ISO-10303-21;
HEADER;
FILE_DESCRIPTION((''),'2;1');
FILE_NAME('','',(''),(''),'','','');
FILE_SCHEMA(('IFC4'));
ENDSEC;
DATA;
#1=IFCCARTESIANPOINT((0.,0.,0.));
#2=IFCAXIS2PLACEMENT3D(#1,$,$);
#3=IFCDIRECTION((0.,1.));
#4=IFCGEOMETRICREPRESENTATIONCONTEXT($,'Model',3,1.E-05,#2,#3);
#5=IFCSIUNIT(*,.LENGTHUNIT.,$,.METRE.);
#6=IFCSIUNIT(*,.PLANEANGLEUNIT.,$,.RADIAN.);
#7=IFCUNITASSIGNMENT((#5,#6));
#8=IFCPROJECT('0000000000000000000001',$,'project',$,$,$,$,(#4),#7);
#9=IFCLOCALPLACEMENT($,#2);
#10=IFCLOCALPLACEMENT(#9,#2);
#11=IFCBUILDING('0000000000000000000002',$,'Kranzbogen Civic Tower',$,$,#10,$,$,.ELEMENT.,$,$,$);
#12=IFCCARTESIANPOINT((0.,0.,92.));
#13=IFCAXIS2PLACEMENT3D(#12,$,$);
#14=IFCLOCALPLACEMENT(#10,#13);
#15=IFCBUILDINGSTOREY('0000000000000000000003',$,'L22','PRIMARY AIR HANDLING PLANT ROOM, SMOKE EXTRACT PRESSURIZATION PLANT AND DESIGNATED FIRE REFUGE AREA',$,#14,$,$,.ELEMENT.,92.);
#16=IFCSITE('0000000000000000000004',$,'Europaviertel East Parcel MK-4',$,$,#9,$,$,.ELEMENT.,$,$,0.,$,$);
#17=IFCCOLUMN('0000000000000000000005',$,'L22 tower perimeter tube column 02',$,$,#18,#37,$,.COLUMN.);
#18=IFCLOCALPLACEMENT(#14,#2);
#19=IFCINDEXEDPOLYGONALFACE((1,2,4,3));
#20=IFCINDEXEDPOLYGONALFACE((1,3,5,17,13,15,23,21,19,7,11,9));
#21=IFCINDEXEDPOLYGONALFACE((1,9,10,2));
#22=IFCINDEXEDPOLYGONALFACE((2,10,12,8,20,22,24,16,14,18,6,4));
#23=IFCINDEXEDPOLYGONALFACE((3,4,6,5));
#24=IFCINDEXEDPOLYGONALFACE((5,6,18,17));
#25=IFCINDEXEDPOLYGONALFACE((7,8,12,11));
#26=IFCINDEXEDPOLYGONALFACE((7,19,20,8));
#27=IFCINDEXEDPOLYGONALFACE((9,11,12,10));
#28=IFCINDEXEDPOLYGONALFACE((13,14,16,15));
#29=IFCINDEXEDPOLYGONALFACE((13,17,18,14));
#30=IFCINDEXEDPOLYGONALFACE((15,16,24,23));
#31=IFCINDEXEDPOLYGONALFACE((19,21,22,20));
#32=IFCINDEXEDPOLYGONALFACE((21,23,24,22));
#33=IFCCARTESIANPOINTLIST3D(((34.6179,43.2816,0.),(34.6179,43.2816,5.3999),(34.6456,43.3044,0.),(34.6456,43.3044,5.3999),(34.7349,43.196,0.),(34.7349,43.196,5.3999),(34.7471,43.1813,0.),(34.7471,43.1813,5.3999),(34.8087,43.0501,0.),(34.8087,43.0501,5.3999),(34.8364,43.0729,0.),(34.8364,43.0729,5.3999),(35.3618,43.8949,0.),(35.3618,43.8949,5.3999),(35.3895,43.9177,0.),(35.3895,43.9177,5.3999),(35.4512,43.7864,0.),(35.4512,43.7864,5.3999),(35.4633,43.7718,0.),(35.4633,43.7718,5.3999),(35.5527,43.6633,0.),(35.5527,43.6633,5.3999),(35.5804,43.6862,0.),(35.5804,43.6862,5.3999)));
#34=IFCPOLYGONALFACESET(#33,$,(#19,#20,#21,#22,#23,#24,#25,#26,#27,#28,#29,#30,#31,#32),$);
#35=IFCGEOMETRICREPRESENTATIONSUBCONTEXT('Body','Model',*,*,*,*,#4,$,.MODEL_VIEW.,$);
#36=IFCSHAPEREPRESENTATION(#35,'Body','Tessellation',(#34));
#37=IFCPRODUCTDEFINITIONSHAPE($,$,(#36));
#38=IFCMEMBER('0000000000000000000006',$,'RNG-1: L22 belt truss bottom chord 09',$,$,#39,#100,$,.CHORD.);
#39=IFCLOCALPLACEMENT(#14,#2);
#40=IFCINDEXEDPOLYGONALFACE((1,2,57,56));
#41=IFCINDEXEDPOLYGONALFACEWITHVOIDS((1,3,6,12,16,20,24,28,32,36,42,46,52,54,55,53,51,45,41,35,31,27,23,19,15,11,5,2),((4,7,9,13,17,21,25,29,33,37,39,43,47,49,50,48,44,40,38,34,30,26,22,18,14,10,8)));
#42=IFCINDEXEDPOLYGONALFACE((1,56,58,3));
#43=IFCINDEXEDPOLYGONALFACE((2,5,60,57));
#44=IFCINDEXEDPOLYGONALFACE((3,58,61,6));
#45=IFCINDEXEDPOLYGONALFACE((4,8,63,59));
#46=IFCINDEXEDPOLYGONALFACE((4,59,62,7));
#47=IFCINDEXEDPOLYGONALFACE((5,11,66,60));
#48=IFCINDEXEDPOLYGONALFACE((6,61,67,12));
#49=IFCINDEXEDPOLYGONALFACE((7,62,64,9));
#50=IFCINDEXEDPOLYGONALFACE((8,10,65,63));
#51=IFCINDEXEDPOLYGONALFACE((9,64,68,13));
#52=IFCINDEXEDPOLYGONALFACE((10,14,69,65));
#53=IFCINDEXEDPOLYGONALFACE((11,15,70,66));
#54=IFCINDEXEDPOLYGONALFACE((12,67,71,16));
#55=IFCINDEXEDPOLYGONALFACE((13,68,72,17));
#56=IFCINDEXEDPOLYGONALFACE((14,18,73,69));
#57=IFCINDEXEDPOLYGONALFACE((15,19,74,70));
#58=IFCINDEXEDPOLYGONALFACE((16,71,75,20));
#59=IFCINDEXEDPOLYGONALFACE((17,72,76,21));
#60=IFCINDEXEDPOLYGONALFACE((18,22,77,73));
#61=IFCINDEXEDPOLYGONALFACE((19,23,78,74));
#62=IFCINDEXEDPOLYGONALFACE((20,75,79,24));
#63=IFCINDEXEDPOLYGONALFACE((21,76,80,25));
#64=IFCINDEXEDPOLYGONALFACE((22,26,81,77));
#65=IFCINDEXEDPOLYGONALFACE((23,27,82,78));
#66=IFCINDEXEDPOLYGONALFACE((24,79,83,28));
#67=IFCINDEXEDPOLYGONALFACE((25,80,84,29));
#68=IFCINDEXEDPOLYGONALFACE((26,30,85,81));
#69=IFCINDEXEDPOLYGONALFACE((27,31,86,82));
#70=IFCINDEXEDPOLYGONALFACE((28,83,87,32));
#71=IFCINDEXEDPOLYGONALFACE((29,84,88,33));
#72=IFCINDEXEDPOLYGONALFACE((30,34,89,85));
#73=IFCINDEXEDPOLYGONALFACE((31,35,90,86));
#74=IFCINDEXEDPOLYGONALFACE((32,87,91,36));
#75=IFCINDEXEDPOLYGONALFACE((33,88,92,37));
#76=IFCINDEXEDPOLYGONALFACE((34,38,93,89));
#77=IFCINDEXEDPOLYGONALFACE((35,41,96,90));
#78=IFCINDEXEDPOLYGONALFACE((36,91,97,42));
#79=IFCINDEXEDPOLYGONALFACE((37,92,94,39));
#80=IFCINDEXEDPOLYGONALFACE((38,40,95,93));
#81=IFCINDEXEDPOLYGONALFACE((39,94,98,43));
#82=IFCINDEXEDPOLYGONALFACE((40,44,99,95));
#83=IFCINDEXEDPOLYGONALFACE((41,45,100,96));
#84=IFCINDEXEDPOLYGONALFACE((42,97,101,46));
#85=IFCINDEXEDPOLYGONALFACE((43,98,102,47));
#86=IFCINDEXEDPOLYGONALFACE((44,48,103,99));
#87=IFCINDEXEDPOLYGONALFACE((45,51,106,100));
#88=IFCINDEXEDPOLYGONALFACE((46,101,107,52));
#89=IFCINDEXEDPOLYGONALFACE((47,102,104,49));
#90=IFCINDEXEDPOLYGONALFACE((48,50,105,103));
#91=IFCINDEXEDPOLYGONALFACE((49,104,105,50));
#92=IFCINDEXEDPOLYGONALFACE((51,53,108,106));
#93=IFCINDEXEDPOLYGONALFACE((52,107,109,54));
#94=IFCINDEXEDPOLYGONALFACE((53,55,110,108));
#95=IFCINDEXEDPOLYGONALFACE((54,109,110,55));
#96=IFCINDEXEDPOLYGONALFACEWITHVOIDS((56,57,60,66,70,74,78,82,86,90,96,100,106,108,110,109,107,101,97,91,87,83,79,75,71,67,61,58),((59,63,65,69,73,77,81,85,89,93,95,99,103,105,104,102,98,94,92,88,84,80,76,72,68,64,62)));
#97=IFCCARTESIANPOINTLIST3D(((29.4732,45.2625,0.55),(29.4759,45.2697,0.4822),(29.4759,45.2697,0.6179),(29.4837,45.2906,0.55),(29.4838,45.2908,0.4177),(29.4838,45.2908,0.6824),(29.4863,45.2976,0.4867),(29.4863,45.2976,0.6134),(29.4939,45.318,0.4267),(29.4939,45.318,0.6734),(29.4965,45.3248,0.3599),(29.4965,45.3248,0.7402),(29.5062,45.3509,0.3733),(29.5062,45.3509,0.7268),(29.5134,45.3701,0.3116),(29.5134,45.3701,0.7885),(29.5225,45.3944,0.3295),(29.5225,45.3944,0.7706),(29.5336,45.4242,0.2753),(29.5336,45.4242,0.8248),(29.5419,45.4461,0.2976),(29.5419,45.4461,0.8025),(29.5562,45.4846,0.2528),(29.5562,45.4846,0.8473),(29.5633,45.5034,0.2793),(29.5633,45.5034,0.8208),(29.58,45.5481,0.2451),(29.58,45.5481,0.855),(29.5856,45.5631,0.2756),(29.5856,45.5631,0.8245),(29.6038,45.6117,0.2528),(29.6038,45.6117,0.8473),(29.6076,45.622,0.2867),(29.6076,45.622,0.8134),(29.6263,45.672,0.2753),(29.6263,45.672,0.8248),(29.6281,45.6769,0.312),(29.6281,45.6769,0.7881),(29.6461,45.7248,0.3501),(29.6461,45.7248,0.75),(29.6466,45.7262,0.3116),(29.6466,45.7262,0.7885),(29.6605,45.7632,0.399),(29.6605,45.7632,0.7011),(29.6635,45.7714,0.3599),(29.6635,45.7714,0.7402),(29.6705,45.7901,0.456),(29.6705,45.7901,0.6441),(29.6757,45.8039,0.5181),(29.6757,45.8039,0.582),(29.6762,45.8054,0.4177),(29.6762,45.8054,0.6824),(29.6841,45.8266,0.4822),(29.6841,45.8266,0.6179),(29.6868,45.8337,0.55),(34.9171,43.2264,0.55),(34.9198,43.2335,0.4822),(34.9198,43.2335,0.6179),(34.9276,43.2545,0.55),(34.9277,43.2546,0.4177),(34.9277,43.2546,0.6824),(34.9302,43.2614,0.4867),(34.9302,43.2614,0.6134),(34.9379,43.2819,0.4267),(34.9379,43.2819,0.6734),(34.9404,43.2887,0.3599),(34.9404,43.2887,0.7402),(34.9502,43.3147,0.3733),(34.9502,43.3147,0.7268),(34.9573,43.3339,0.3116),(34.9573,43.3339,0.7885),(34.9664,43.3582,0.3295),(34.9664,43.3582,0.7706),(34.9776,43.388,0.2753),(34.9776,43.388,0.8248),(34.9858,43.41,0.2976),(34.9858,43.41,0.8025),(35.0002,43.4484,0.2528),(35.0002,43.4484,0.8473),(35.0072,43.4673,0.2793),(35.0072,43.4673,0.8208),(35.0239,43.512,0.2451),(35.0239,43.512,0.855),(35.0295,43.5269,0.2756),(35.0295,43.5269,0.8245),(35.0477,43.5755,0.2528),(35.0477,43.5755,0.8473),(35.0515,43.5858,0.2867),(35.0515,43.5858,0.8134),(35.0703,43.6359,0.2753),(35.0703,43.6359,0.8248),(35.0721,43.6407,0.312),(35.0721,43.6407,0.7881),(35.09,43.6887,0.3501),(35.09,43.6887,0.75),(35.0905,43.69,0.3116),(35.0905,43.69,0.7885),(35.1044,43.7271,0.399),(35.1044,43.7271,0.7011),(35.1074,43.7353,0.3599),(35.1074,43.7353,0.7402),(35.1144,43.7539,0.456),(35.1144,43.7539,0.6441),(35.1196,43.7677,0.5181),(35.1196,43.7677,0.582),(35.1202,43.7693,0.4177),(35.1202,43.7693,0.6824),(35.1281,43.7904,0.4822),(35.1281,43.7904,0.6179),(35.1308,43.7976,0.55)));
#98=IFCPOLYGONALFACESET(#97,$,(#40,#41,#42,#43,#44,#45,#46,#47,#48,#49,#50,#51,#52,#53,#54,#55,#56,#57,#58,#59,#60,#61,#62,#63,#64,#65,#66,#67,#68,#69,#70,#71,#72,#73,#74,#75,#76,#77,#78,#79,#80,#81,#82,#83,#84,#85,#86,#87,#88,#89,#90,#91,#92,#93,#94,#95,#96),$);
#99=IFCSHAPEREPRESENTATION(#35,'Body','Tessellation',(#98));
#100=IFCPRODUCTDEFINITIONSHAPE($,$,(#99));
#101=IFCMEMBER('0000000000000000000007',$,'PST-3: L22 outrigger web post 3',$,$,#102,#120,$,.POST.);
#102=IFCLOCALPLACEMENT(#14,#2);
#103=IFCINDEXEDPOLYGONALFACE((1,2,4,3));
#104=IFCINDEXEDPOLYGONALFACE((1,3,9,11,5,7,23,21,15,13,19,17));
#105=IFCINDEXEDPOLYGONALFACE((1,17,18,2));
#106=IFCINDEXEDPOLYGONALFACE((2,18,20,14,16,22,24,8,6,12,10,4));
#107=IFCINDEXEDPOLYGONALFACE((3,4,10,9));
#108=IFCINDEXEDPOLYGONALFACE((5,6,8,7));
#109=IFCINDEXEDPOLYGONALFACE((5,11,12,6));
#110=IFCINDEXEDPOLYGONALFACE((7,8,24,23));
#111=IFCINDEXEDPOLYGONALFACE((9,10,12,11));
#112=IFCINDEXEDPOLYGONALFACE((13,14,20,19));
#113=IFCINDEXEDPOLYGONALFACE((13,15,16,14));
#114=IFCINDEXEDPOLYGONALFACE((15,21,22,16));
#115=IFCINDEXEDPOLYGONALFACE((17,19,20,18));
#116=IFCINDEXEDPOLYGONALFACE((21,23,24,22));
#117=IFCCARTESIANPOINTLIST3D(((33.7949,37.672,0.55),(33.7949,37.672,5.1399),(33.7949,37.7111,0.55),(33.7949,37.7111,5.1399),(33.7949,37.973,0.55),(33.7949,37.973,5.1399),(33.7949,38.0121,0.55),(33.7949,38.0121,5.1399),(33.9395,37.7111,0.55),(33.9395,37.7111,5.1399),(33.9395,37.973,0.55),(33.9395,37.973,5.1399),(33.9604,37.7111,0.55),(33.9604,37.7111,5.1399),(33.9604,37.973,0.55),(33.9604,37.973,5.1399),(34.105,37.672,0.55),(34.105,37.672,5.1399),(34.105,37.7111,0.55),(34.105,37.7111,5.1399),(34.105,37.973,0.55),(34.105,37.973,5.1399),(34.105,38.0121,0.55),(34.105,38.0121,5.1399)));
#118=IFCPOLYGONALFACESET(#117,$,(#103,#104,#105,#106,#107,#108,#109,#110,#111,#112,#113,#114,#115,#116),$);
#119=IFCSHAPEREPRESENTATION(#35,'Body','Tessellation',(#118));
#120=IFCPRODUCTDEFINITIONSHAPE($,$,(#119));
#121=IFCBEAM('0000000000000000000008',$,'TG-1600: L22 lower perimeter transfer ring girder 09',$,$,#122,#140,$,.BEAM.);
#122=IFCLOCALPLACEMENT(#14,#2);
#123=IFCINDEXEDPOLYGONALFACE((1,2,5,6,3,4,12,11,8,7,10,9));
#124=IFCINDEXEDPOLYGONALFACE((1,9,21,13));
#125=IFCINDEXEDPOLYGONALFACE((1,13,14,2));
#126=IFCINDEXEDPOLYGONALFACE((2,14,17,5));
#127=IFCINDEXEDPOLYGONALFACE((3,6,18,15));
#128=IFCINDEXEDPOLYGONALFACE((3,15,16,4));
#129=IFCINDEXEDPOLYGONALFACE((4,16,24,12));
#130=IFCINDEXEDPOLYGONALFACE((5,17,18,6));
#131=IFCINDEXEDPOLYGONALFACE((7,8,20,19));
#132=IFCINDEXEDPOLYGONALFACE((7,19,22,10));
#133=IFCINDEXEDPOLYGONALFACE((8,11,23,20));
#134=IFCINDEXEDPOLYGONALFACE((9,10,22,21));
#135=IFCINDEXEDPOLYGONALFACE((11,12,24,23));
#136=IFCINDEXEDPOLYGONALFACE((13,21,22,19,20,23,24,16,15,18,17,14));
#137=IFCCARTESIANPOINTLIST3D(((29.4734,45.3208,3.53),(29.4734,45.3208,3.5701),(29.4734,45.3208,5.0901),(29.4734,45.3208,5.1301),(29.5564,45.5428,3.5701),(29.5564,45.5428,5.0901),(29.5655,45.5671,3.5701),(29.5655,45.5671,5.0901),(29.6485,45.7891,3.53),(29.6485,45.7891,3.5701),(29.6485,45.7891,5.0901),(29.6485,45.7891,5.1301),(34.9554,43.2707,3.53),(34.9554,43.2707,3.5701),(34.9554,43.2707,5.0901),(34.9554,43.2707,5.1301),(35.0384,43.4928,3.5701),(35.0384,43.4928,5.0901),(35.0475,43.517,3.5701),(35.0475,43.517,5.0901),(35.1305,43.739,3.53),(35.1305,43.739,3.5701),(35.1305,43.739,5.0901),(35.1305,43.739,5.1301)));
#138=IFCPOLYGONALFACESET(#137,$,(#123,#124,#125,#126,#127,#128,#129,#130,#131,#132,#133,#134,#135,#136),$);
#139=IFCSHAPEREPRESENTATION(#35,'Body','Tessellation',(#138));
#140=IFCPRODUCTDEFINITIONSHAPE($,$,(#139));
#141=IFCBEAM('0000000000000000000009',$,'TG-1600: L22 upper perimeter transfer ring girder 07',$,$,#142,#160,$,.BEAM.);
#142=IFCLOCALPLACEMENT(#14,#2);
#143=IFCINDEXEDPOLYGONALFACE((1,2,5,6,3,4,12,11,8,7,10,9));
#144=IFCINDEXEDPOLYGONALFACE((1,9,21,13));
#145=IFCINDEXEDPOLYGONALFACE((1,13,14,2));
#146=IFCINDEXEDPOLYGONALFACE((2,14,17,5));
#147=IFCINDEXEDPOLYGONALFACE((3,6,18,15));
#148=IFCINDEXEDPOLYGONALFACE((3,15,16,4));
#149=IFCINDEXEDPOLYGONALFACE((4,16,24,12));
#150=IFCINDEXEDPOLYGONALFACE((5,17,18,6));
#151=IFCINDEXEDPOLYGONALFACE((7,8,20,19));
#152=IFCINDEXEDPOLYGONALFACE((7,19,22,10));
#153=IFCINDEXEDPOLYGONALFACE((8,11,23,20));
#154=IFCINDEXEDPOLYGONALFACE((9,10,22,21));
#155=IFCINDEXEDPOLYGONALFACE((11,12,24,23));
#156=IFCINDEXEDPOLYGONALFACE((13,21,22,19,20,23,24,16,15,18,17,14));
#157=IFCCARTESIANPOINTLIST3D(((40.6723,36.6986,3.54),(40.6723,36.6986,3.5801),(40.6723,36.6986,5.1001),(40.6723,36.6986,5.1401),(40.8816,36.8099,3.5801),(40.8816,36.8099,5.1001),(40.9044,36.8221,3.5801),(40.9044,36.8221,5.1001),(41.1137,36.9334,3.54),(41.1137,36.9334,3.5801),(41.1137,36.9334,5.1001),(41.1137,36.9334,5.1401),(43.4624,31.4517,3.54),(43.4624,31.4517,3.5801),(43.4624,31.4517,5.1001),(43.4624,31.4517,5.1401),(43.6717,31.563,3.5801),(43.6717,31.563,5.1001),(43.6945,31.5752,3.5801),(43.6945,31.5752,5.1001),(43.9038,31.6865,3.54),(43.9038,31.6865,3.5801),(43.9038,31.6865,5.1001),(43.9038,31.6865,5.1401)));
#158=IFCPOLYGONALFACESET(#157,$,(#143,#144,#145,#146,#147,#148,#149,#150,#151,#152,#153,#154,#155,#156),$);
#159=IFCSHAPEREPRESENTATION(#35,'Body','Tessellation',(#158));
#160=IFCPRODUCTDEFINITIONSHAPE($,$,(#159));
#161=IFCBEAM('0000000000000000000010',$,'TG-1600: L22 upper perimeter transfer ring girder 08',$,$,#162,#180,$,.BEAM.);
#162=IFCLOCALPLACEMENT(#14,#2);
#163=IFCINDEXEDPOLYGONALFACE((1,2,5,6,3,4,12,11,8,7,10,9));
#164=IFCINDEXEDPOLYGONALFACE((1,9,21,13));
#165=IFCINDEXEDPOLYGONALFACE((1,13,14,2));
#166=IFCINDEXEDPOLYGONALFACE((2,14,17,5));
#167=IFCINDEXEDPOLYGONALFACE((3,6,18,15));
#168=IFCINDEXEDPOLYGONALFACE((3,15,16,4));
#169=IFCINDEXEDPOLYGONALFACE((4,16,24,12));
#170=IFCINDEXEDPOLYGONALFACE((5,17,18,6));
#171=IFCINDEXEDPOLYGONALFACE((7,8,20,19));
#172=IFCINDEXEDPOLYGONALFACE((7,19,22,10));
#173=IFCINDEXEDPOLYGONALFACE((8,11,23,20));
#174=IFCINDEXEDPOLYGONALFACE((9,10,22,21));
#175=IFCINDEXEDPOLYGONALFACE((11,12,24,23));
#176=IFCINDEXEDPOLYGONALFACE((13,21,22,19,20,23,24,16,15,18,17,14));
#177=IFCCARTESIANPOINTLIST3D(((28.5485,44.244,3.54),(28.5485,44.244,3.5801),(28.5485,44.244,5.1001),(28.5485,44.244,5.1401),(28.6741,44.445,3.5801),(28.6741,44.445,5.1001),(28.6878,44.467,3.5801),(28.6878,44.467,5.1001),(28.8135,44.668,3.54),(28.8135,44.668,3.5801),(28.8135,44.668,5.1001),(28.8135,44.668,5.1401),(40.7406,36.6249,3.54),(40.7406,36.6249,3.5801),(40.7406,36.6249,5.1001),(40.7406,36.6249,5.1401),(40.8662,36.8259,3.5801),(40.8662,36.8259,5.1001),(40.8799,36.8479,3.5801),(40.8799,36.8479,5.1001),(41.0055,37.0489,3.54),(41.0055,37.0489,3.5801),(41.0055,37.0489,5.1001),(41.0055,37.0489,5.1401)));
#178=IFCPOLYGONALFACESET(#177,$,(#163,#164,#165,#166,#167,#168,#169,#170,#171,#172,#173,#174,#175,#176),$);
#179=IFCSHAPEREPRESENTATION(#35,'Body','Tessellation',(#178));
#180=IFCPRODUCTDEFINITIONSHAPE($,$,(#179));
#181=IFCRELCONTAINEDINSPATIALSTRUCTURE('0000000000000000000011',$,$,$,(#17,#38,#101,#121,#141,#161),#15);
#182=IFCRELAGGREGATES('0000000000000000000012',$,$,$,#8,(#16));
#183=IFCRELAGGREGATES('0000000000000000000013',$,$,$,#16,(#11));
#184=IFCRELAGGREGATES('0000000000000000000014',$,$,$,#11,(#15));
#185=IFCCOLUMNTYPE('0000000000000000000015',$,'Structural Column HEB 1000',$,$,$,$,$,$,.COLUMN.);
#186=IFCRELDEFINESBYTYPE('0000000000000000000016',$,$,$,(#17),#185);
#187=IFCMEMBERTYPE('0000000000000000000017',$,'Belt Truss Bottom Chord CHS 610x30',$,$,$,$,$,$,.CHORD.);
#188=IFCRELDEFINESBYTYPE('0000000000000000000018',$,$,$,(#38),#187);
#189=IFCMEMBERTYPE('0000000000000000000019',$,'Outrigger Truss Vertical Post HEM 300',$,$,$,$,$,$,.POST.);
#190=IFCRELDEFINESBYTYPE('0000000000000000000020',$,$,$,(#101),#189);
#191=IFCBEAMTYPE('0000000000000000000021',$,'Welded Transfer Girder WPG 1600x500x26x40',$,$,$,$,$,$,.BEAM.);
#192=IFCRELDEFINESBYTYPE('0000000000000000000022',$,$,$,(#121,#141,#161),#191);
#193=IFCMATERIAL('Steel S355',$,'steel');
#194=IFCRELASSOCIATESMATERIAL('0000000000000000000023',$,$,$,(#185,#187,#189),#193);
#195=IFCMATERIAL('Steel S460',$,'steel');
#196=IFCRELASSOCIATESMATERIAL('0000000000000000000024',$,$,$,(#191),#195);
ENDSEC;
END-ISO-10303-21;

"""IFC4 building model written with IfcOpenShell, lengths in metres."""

from ifc_helpers import new_model, si_unit, direction, frame, origin, origin_2d, place, context, subcontext, project, spatial, hollow_circle, i_section, extrude, material, material_profile, profile_set, type_object, element, save


model = new_model("IFC4")

# Units and contexts
model_context = context("Model", 3, precision=1e-05, world=origin(), true_north=direction((0.0, 1.0)))
body_context = subcontext(model_context, "Body", "Model", "MODEL_VIEW")
ifc_project = project(units=[si_unit("LENGTHUNIT", "METRE"), si_unit("PLANEANGLEUNIT", "RADIAN")], contexts=[model_context])

# Site, building, storey
site_placement = place(None, origin())
site = spatial("IfcSite", under=ifc_project, at=site_placement, Name="Europaviertel East Parcel MK-4", CompositionType="ELEMENT", RefElevation=0.0)
building_placement = place(site_placement, origin())
building = spatial("IfcBuilding", under=site, at=building_placement, Name="Kranzbogen Civic Tower", CompositionType="ELEMENT")
storey_placement = place(building_placement, frame((0.0, 0.0, 92.0)))
storey = spatial("IfcBuildingStorey", under=building, at=storey_placement, Name="L22", Description="PRIMARY AIR HANDLING PLANT ROOM, SMOKE EXTRACT PRESSURIZATION PLANT AND DESIGNATED FIRE REFUGE AREA", CompositionType="ELEMENT", Elevation=92.0)

# Column
ifc_material_1 = material(Name="Steel S355", Category="steel")
ifc_material_profile_1 = material_profile(ifc_material_1, i_section(OverallWidth=0.3, OverallDepth=1.0, WebThickness=0.019, FlangeThickness=0.0359, at=origin_2d()), Name="HEB 1000")
ifc_profile_set_1 = profile_set([ifc_material_profile_1], Name="Steel S355")
column_type = type_object("IfcColumnType", Name="Structural Column HEB 1000", PredefinedType="COLUMN", material=ifc_profile_set_1)
column_placement = place(storey_placement, frame((35.0991, 43.4839, 0.0), z_axis=(0.0, 0.0, 1.0), x_axis=(-0.636078, 0.771625, 0.0)))
element("IfcColumn", 1, at=column_placement, inside=storey, type_object=column_type, Name="L22 tower perimeter tube column 02", PredefinedType="COLUMN", context=body_context, shape_type="SweptSolid", body=[
    extrude(i_section(OverallWidth=0.3, OverallDepth=1.0, WebThickness=0.019, FlangeThickness=0.0359, at=origin_2d()), origin(), (0.0, 0.0, 1.0), 5.3999),
])

# Members
ifc_material_profile_2 = material_profile(ifc_material_1, hollow_circle(Radius=0.3049, WallThickness=0.03, at=origin_2d()), Name="CHS 610x30")
ifc_profile_set_2 = profile_set([ifc_material_profile_2], Name="Steel S355")
member_type_1 = type_object("IfcMemberType", Name="Belt Truss Bottom Chord CHS 610x30", PredefinedType="CHORD", material=ifc_profile_set_2)
member_1_placement = place(storey_placement, frame((35.0239, 43.512, 0.55), z_axis=(-0.936629, 0.350322, 0.0), x_axis=(-0.350322, -0.936629, 0.0)))
element("IfcMember", 2, at=member_1_placement, inside=storey, type_object=member_type_1, Name="RNG-1: L22 belt truss bottom chord 09", PredefinedType="CHORD", context=body_context, shape_type="SweptSolid", body=[
    extrude(hollow_circle(Radius=0.3049, WallThickness=0.03, at=origin_2d()), origin(), (0.0, 0.0, 1.0), 5.8123),
])
ifc_material_profile_3 = material_profile(ifc_material_1, i_section(OverallWidth=0.3101, OverallDepth=0.3401, WebThickness=0.021, FlangeThickness=0.0391, at=origin_2d()), Name="HEM 300")
ifc_profile_set_3 = profile_set([ifc_material_profile_3], Name="Steel S355")
member_type_2 = type_object("IfcMemberType", Name="Outrigger Truss Vertical Post HEM 300", PredefinedType="POST", material=ifc_profile_set_3)
member_2_placement = place(storey_placement, frame((33.95, 37.842, 0.55), z_axis=(0.0, 0.0, 1.0), x_axis=(1.0, 0.0, 0.0)))
element("IfcMember", 3, at=member_2_placement, inside=storey, type_object=member_type_2, Name="PST-3: L22 outrigger web post 3", PredefinedType="POST", context=body_context, shape_type="SweptSolid", body=[
    extrude(i_section(OverallWidth=0.3101, OverallDepth=0.3401, WebThickness=0.021, FlangeThickness=0.0391, at=origin_2d()), origin(), (0.0, 0.0, 1.0), 4.5898),
])

# Beams
ifc_material_2 = material(Name="Steel S460", Category="steel")
ifc_material_profile_4 = material_profile(ifc_material_2, i_section(OverallWidth=0.5, OverallDepth=1.6001, WebThickness=0.0259, FlangeThickness=0.04, at=origin_2d()), Name="WPG 1600x500x26x40")
ifc_profile_set_4 = profile_set([ifc_material_profile_4], Name="Steel S460")
beam_type = type_object("IfcBeamType", Name="Welded Transfer Girder WPG 1600x500x26x40", PredefinedType="BEAM", material=ifc_profile_set_4)
beam_1_placement = place(storey_placement, frame((35.043, 43.5049, 4.3301), z_axis=(-0.936648, 0.350273, 0.0), x_axis=(-0.350273, -0.936648, 0.0)))
element("IfcBeam", 4, at=beam_1_placement, inside=storey, type_object=beam_type, Name="TG-1600: L22 lower perimeter transfer ring girder 09", PredefinedType="BEAM", context=body_context, shape_type="SweptSolid", body=[
    extrude(i_section(OverallWidth=0.5, OverallDepth=1.6001, WebThickness=0.0259, FlangeThickness=0.04, at=origin_2d()), origin(), (0.0, 0.0, 1.0), 5.8528),
])
beam_2_placement = place(storey_placement, frame((43.6831, 31.5691, 4.3401), z_axis=(-0.469505, 0.88293, 0.0), x_axis=(-0.88293, -0.469505, 0.0)))
element("IfcBeam", 5, at=beam_2_placement, inside=storey, type_object=beam_type, Name="TG-1600: L22 upper perimeter transfer ring girder 07", PredefinedType="BEAM", context=body_context, shape_type="SweptSolid", body=[
    extrude(i_section(OverallWidth=0.5, OverallDepth=1.6001, WebThickness=0.0259, FlangeThickness=0.04, at=origin_2d()), origin(), (0.0, 0.0, 1.0), 5.9426),
])
beam_3_placement = place(storey_placement, frame((40.873, 36.8369, 4.3401), z_axis=(-0.848028, 0.529952, 0.0), x_axis=(-0.529952, -0.848028, 0.0)))
element("IfcBeam", 6, at=beam_3_placement, inside=storey, type_object=beam_type, Name="TG-1600: L22 upper perimeter transfer ring girder 08", PredefinedType="BEAM", context=body_context, shape_type="SweptSolid", body=[
    extrude(i_section(OverallWidth=0.5, OverallDepth=1.6001, WebThickness=0.0259, FlangeThickness=0.04, at=origin_2d()), origin(), (0.0, 0.0, 1.0), 14.377),
])

save(model, "model.ifc")
